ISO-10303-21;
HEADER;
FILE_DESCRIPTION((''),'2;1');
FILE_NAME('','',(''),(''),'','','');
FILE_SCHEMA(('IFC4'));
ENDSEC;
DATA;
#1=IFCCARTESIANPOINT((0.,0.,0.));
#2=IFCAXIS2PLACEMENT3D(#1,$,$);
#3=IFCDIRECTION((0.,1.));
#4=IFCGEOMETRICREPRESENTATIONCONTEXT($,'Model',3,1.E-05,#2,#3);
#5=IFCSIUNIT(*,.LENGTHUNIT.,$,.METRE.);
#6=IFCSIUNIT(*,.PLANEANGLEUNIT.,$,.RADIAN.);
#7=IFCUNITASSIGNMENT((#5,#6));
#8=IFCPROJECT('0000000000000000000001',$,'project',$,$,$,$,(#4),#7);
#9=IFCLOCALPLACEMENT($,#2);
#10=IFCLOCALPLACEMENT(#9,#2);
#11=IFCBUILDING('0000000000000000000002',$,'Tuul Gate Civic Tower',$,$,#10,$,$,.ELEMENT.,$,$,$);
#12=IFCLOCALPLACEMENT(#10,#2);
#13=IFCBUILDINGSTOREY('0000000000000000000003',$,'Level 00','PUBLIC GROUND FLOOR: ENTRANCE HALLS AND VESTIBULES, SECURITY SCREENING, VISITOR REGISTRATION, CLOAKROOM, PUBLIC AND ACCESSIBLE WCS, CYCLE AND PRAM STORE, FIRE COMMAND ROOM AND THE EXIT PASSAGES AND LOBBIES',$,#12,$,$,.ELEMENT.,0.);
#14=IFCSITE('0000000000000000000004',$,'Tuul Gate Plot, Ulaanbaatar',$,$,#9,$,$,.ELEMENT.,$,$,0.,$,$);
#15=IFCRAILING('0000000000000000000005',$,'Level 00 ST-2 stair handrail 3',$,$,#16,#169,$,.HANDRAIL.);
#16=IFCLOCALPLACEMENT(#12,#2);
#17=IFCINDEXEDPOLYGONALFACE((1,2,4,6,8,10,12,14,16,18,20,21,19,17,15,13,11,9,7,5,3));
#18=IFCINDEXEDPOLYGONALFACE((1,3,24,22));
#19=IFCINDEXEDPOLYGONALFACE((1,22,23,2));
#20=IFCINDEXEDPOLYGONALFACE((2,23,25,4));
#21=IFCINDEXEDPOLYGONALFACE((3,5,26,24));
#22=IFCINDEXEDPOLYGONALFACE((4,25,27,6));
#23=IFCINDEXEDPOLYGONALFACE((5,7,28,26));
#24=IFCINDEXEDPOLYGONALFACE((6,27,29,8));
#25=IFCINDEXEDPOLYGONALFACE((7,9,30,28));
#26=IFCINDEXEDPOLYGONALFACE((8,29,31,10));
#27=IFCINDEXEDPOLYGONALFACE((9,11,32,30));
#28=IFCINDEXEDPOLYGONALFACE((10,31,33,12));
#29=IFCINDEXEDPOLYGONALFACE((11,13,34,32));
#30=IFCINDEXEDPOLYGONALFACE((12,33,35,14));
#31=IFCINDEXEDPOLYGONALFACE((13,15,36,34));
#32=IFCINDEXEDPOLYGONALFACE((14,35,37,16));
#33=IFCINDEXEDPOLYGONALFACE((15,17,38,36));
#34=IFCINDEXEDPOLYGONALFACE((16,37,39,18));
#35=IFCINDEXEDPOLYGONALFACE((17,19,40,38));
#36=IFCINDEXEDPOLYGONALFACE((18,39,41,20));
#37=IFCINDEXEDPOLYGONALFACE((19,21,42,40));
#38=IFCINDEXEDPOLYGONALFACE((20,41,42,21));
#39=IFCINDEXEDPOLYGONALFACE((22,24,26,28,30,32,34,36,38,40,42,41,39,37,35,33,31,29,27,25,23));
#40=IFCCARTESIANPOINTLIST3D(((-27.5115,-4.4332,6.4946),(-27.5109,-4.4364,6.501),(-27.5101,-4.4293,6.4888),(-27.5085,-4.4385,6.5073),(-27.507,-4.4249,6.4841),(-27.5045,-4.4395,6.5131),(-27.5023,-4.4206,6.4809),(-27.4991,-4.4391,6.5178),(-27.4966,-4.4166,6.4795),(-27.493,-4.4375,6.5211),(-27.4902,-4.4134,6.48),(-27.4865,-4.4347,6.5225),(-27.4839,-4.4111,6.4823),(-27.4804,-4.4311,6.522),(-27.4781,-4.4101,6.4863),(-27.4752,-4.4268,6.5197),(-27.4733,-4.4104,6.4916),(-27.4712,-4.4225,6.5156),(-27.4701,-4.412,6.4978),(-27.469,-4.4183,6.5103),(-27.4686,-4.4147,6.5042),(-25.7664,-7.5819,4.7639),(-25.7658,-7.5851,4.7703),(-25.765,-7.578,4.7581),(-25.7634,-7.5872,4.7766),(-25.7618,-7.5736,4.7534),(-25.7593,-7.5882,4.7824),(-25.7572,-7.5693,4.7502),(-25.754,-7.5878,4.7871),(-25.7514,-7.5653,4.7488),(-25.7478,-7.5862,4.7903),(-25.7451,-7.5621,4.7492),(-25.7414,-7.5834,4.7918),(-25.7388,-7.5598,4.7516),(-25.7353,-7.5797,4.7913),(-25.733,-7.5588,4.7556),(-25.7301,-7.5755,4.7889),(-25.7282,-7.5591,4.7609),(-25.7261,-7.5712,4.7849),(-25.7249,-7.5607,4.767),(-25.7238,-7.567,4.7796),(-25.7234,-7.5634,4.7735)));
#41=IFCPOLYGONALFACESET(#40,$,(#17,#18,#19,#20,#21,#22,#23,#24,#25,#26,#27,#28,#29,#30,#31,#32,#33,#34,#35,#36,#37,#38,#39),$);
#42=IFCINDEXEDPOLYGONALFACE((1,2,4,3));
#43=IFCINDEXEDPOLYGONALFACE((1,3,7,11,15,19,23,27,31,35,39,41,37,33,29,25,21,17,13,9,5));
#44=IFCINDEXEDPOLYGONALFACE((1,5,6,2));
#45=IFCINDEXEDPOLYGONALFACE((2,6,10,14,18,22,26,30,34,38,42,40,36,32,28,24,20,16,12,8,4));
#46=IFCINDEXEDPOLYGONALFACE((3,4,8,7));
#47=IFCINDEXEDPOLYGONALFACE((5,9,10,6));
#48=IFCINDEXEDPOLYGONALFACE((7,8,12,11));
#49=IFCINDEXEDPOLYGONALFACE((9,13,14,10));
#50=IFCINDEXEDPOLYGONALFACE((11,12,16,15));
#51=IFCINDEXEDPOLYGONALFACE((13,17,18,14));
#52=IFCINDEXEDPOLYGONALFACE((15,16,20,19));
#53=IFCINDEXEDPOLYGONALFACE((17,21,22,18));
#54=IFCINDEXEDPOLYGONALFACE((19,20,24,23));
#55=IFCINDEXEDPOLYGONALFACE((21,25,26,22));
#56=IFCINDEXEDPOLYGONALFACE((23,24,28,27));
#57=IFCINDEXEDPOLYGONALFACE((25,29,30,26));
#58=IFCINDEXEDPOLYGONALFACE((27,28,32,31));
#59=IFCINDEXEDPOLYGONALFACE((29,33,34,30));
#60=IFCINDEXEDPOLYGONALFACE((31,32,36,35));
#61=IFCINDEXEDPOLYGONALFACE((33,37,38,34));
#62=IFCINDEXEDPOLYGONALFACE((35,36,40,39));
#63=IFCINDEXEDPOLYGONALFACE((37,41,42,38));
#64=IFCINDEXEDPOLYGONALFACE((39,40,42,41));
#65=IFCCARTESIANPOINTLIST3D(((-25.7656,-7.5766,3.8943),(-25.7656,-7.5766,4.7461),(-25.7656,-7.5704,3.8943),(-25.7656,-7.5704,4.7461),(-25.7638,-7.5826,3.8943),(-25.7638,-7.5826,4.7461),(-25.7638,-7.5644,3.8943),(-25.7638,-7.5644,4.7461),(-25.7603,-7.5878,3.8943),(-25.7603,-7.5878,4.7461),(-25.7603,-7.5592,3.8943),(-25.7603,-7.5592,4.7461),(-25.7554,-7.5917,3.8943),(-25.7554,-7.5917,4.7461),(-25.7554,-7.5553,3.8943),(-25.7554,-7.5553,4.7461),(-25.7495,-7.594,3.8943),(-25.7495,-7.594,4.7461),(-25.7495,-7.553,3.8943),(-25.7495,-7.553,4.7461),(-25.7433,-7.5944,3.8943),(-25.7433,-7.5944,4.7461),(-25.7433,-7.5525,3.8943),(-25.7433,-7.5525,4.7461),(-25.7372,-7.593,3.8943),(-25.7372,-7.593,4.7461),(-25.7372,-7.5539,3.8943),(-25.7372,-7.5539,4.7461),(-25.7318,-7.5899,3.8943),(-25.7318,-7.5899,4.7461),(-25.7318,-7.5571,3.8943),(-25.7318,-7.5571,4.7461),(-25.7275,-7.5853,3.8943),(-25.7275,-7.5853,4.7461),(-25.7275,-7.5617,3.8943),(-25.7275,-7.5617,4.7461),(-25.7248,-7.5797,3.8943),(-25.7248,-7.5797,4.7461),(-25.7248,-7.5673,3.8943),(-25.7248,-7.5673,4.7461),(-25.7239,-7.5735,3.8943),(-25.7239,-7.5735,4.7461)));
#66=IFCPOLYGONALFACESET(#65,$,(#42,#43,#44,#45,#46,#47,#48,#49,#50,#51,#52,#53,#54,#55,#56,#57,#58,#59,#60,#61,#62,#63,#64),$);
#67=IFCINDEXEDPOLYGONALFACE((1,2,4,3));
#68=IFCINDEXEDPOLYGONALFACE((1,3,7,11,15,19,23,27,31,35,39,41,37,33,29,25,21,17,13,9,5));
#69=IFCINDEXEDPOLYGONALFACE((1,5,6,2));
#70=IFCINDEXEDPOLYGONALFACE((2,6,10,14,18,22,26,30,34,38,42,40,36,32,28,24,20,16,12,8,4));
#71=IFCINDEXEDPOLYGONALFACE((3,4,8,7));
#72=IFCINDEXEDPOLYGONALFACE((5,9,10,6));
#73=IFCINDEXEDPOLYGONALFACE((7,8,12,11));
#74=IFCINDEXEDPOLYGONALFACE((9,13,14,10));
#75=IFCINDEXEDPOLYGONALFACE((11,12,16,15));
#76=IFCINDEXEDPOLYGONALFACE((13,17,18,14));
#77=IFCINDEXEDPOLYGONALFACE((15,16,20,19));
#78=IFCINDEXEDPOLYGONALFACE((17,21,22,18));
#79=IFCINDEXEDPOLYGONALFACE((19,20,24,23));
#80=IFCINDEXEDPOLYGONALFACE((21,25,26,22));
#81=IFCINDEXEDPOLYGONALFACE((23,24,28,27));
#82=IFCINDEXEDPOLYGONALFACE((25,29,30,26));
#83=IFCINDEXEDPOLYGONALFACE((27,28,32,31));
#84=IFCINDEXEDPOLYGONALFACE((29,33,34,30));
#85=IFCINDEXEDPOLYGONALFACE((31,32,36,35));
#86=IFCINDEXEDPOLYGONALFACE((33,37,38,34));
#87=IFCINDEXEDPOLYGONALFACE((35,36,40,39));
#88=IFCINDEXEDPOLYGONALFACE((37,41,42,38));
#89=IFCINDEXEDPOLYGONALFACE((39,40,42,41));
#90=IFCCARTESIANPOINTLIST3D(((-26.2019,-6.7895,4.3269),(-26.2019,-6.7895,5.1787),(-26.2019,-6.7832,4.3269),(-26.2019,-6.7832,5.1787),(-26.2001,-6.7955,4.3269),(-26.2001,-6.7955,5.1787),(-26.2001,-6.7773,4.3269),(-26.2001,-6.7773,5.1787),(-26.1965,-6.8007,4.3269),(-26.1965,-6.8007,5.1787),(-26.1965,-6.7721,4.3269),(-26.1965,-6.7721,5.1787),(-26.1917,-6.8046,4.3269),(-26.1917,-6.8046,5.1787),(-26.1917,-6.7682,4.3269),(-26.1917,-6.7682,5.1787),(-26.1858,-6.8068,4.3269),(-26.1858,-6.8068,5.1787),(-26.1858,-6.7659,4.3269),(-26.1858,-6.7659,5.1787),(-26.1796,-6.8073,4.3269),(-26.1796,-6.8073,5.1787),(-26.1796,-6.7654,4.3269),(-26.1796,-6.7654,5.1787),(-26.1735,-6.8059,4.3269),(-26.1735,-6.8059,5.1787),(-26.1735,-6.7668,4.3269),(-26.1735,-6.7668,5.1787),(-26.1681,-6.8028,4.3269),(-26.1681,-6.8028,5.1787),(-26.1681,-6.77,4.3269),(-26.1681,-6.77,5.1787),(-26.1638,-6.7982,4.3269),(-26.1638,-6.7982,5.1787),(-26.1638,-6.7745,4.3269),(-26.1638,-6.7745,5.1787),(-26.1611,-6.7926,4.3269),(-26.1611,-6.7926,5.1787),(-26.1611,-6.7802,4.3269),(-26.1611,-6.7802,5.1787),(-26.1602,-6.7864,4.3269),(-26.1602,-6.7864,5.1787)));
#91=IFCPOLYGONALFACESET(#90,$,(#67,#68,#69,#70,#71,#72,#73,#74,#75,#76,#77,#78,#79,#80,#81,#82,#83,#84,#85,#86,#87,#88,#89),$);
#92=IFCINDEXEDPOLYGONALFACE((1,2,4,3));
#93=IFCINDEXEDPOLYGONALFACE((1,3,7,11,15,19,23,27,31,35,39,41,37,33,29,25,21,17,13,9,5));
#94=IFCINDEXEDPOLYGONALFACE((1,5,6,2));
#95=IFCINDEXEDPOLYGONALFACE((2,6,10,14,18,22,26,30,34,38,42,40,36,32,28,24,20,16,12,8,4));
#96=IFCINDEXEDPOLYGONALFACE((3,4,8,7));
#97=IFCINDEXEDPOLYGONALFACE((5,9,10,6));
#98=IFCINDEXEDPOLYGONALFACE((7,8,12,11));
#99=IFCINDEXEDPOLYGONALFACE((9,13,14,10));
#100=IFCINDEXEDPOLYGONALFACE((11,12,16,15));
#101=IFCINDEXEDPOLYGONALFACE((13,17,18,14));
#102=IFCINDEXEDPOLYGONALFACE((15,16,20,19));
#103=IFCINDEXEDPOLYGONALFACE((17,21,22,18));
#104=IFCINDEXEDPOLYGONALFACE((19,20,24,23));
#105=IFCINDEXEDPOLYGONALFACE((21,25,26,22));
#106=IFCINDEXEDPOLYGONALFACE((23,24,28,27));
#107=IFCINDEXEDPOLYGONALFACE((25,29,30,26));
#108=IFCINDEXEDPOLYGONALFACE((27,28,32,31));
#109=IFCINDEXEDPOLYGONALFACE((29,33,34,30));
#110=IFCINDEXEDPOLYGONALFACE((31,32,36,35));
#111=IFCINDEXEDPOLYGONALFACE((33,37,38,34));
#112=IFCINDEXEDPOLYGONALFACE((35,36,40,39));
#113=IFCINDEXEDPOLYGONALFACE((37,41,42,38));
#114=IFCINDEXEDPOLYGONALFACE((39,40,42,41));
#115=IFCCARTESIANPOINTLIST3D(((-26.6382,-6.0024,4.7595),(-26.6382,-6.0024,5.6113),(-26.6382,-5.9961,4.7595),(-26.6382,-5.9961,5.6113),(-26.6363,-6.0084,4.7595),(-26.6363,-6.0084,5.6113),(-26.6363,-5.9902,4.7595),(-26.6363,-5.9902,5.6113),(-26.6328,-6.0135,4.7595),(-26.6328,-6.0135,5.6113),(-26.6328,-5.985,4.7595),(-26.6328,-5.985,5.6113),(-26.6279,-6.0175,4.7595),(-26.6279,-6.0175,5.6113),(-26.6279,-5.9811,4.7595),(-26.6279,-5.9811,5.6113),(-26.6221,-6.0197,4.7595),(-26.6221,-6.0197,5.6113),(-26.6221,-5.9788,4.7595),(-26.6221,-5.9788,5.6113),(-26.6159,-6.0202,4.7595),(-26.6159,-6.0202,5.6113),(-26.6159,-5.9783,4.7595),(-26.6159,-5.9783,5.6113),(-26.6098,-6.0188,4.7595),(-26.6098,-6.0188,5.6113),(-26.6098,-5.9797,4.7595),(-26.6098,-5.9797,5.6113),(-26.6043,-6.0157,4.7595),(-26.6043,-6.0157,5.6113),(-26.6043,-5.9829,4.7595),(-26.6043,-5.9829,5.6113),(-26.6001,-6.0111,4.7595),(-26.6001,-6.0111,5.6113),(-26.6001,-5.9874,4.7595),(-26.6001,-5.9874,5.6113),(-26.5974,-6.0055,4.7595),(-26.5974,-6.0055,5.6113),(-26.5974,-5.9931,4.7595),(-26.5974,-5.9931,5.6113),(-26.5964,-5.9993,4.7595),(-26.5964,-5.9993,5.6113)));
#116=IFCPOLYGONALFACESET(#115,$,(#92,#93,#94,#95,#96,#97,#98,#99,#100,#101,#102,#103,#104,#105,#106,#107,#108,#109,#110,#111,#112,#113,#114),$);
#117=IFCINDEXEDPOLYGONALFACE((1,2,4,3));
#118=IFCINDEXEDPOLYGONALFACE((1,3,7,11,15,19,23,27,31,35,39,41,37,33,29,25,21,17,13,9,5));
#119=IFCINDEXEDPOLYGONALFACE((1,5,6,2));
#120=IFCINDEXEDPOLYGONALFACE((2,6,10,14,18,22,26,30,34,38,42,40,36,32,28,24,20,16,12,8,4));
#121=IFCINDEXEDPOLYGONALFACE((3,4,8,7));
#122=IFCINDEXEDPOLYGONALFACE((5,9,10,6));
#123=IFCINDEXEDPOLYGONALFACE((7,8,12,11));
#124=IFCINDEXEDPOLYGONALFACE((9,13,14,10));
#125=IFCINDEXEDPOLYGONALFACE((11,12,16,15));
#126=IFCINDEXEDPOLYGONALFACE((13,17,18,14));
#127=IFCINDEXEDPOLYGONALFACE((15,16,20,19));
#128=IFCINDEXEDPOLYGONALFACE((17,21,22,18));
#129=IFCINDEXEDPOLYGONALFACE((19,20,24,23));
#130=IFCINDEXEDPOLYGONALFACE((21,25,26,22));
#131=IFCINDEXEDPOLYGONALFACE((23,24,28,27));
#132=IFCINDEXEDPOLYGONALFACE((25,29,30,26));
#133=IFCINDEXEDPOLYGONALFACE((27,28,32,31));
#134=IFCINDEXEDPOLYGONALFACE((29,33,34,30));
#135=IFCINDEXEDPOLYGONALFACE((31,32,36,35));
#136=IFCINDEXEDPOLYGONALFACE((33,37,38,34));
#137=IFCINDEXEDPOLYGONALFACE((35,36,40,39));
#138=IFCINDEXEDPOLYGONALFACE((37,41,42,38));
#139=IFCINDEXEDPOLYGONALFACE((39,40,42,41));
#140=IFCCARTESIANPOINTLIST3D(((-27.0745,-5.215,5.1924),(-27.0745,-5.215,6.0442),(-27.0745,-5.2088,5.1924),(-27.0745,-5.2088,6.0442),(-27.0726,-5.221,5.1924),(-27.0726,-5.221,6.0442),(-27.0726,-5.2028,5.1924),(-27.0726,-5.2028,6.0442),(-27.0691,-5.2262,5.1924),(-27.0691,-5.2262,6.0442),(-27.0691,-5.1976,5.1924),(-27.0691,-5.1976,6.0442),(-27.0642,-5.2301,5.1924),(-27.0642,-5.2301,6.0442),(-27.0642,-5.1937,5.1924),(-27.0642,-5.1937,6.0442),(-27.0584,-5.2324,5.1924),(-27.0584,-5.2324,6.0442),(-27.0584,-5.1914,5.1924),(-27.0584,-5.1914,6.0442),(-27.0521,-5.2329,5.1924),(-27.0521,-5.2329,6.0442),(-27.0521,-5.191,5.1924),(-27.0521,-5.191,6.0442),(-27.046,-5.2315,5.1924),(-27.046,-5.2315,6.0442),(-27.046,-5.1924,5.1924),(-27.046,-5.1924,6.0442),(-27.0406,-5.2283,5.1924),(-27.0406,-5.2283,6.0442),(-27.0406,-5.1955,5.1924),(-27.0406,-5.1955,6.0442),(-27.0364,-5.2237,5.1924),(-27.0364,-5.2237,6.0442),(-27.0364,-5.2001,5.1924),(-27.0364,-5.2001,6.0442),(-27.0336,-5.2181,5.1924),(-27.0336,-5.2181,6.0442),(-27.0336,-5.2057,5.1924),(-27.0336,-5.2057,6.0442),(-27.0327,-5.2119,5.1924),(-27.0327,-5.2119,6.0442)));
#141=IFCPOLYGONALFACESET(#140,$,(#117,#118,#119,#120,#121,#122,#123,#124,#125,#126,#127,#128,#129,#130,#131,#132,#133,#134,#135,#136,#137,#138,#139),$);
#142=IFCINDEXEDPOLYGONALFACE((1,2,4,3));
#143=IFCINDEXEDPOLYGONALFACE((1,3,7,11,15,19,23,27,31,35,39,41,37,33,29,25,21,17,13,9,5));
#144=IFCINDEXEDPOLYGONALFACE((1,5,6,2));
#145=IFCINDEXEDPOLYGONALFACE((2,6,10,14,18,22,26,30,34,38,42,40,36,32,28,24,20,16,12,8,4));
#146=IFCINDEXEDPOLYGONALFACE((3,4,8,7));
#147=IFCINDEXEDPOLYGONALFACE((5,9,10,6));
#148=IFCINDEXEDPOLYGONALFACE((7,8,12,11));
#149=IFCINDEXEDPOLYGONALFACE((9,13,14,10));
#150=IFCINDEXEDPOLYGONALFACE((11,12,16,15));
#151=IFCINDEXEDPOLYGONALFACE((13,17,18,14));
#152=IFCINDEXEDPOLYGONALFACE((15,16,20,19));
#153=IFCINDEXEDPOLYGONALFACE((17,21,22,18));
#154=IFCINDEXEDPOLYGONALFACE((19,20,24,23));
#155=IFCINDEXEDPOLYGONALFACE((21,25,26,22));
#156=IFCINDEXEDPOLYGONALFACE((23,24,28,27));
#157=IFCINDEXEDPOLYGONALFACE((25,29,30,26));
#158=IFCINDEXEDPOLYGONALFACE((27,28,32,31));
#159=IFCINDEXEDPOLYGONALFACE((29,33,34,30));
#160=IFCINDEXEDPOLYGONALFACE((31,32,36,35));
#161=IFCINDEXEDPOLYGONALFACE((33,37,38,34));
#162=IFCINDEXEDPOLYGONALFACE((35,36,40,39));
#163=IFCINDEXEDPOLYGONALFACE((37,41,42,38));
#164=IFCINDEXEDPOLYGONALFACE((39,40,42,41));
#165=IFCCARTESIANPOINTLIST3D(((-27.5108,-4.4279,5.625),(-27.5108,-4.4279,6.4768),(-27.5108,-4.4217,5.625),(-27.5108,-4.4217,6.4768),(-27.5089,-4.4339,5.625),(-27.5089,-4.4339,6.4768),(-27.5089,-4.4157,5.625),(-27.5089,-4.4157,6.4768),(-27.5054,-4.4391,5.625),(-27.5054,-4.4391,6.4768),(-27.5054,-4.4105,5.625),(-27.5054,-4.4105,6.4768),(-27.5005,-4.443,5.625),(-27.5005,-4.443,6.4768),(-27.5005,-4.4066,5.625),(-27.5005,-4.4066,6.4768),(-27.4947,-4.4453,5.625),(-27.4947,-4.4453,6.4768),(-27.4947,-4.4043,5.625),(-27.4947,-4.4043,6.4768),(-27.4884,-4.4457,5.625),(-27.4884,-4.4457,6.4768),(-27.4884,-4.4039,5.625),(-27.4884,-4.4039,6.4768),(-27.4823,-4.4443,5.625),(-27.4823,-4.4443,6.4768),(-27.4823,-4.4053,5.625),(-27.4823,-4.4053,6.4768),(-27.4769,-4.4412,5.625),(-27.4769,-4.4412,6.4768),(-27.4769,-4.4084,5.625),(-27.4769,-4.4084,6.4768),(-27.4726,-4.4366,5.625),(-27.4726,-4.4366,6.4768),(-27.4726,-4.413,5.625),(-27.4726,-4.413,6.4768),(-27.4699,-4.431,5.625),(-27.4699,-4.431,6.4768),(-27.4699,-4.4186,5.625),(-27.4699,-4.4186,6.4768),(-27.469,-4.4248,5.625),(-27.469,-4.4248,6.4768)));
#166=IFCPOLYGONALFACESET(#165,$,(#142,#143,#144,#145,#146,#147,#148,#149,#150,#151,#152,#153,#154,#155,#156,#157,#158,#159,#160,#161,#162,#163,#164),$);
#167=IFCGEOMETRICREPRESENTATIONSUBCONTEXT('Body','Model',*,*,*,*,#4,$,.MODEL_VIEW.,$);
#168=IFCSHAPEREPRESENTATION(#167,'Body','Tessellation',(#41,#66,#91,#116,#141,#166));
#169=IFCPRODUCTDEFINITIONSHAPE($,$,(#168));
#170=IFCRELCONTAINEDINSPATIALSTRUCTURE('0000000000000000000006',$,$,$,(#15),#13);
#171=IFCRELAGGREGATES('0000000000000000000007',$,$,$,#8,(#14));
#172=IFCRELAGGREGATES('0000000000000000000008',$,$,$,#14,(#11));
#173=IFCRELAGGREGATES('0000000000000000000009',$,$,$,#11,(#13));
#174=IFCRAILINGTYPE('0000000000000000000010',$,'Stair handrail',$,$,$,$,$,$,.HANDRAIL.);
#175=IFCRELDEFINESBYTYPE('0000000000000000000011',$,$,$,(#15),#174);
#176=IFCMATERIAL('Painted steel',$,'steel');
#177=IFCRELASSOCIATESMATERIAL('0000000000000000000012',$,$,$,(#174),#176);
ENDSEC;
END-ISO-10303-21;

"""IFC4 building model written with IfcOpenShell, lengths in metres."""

from ifc_helpers import new_model, si_unit, direction, frame, origin, origin_2d, place, context, subcontext, project, spatial, circle, extrude, material, type_object, element, save


model = new_model("IFC4")

# Units and contexts
model_context = context("Model", 3, precision=1e-05, world=origin(), true_north=direction((0.0, 1.0)))
body_context = subcontext(model_context, "Body", "Model", "MODEL_VIEW")
ifc_project = project(units=[si_unit("LENGTHUNIT", "METRE"), si_unit("PLANEANGLEUNIT", "RADIAN")], contexts=[model_context])

# Site, building, storey
site_placement = place(None, origin())
site = spatial("IfcSite", under=ifc_project, at=site_placement, Name="Tuul Gate Plot, Ulaanbaatar", CompositionType="ELEMENT", RefElevation=0.0)
building_placement = place(site_placement, origin())
building = spatial("IfcBuilding", under=site, at=building_placement, Name="Tuul Gate Civic Tower", CompositionType="ELEMENT")
storey_placement = place(building_placement, origin())
storey = spatial("IfcBuildingStorey", under=building, at=storey_placement, Name="Level 00", Description="PUBLIC GROUND FLOOR: ENTRANCE HALLS AND VESTIBULES, SECURITY SCREENING, VISITOR REGISTRATION, CLOAKROOM, PUBLIC AND ACCESSIBLE WCS, CYCLE AND PRAM STORE, FIRE COMMAND ROOM AND THE EXIT PASSAGES AND LOBBIES", CompositionType="ELEMENT", Elevation=0.0)

# Railing
ifc_material_1 = material(Name="Painted steel", Category="steel")
railing_type_1 = type_object("IfcRailingType", Name="Stair handrail", PredefinedType="HANDRAIL", material=ifc_material_1)
railing_1_placement = place(storey_placement, frame((-25.7449, -7.5735, 3.8943)))
element("IfcRailing", 1, at=railing_1_placement, inside=storey, type_object=railing_type_1, Name="Level 00 ST-2 stair handrail 3", PredefinedType="HANDRAIL", context=body_context, shape_type="SweptSolid", body=[
    extrude(circle(Radius=0.0239, at=origin_2d()), frame((0.0, 0.0, 0.876), z_axis=(-0.436894, 0.78828, 0.433288), x_axis=(-0.874646, -0.484762, 0.0)), (0.0, 0.0, 1.0), 3.9944),
    extrude(circle(Radius=0.021, at=origin_2d()), origin(), (0.0, 0.0, 1.0), 0.8518),
    extrude(circle(Radius=0.021, at=origin_2d()), frame((-0.4363, 0.7871, 0.4326)), (0.0, 0.0, 1.0), 0.8518),
    extrude(circle(Radius=0.021, at=origin_2d()), frame((-0.8726, 1.5742, 0.8652)), (0.0, 0.0, 1.0), 0.8518),
    extrude(circle(Radius=0.021, at=origin_2d()), frame((-1.3088, 2.3616, 1.2981)), (0.0, 0.0, 1.0), 0.8518),
    extrude(circle(Radius=0.021, at=origin_2d()), frame((-1.7451, 3.1487, 1.7307)), (0.0, 0.0, 1.0), 0.8518),
])

save(model, "model.ifc")
